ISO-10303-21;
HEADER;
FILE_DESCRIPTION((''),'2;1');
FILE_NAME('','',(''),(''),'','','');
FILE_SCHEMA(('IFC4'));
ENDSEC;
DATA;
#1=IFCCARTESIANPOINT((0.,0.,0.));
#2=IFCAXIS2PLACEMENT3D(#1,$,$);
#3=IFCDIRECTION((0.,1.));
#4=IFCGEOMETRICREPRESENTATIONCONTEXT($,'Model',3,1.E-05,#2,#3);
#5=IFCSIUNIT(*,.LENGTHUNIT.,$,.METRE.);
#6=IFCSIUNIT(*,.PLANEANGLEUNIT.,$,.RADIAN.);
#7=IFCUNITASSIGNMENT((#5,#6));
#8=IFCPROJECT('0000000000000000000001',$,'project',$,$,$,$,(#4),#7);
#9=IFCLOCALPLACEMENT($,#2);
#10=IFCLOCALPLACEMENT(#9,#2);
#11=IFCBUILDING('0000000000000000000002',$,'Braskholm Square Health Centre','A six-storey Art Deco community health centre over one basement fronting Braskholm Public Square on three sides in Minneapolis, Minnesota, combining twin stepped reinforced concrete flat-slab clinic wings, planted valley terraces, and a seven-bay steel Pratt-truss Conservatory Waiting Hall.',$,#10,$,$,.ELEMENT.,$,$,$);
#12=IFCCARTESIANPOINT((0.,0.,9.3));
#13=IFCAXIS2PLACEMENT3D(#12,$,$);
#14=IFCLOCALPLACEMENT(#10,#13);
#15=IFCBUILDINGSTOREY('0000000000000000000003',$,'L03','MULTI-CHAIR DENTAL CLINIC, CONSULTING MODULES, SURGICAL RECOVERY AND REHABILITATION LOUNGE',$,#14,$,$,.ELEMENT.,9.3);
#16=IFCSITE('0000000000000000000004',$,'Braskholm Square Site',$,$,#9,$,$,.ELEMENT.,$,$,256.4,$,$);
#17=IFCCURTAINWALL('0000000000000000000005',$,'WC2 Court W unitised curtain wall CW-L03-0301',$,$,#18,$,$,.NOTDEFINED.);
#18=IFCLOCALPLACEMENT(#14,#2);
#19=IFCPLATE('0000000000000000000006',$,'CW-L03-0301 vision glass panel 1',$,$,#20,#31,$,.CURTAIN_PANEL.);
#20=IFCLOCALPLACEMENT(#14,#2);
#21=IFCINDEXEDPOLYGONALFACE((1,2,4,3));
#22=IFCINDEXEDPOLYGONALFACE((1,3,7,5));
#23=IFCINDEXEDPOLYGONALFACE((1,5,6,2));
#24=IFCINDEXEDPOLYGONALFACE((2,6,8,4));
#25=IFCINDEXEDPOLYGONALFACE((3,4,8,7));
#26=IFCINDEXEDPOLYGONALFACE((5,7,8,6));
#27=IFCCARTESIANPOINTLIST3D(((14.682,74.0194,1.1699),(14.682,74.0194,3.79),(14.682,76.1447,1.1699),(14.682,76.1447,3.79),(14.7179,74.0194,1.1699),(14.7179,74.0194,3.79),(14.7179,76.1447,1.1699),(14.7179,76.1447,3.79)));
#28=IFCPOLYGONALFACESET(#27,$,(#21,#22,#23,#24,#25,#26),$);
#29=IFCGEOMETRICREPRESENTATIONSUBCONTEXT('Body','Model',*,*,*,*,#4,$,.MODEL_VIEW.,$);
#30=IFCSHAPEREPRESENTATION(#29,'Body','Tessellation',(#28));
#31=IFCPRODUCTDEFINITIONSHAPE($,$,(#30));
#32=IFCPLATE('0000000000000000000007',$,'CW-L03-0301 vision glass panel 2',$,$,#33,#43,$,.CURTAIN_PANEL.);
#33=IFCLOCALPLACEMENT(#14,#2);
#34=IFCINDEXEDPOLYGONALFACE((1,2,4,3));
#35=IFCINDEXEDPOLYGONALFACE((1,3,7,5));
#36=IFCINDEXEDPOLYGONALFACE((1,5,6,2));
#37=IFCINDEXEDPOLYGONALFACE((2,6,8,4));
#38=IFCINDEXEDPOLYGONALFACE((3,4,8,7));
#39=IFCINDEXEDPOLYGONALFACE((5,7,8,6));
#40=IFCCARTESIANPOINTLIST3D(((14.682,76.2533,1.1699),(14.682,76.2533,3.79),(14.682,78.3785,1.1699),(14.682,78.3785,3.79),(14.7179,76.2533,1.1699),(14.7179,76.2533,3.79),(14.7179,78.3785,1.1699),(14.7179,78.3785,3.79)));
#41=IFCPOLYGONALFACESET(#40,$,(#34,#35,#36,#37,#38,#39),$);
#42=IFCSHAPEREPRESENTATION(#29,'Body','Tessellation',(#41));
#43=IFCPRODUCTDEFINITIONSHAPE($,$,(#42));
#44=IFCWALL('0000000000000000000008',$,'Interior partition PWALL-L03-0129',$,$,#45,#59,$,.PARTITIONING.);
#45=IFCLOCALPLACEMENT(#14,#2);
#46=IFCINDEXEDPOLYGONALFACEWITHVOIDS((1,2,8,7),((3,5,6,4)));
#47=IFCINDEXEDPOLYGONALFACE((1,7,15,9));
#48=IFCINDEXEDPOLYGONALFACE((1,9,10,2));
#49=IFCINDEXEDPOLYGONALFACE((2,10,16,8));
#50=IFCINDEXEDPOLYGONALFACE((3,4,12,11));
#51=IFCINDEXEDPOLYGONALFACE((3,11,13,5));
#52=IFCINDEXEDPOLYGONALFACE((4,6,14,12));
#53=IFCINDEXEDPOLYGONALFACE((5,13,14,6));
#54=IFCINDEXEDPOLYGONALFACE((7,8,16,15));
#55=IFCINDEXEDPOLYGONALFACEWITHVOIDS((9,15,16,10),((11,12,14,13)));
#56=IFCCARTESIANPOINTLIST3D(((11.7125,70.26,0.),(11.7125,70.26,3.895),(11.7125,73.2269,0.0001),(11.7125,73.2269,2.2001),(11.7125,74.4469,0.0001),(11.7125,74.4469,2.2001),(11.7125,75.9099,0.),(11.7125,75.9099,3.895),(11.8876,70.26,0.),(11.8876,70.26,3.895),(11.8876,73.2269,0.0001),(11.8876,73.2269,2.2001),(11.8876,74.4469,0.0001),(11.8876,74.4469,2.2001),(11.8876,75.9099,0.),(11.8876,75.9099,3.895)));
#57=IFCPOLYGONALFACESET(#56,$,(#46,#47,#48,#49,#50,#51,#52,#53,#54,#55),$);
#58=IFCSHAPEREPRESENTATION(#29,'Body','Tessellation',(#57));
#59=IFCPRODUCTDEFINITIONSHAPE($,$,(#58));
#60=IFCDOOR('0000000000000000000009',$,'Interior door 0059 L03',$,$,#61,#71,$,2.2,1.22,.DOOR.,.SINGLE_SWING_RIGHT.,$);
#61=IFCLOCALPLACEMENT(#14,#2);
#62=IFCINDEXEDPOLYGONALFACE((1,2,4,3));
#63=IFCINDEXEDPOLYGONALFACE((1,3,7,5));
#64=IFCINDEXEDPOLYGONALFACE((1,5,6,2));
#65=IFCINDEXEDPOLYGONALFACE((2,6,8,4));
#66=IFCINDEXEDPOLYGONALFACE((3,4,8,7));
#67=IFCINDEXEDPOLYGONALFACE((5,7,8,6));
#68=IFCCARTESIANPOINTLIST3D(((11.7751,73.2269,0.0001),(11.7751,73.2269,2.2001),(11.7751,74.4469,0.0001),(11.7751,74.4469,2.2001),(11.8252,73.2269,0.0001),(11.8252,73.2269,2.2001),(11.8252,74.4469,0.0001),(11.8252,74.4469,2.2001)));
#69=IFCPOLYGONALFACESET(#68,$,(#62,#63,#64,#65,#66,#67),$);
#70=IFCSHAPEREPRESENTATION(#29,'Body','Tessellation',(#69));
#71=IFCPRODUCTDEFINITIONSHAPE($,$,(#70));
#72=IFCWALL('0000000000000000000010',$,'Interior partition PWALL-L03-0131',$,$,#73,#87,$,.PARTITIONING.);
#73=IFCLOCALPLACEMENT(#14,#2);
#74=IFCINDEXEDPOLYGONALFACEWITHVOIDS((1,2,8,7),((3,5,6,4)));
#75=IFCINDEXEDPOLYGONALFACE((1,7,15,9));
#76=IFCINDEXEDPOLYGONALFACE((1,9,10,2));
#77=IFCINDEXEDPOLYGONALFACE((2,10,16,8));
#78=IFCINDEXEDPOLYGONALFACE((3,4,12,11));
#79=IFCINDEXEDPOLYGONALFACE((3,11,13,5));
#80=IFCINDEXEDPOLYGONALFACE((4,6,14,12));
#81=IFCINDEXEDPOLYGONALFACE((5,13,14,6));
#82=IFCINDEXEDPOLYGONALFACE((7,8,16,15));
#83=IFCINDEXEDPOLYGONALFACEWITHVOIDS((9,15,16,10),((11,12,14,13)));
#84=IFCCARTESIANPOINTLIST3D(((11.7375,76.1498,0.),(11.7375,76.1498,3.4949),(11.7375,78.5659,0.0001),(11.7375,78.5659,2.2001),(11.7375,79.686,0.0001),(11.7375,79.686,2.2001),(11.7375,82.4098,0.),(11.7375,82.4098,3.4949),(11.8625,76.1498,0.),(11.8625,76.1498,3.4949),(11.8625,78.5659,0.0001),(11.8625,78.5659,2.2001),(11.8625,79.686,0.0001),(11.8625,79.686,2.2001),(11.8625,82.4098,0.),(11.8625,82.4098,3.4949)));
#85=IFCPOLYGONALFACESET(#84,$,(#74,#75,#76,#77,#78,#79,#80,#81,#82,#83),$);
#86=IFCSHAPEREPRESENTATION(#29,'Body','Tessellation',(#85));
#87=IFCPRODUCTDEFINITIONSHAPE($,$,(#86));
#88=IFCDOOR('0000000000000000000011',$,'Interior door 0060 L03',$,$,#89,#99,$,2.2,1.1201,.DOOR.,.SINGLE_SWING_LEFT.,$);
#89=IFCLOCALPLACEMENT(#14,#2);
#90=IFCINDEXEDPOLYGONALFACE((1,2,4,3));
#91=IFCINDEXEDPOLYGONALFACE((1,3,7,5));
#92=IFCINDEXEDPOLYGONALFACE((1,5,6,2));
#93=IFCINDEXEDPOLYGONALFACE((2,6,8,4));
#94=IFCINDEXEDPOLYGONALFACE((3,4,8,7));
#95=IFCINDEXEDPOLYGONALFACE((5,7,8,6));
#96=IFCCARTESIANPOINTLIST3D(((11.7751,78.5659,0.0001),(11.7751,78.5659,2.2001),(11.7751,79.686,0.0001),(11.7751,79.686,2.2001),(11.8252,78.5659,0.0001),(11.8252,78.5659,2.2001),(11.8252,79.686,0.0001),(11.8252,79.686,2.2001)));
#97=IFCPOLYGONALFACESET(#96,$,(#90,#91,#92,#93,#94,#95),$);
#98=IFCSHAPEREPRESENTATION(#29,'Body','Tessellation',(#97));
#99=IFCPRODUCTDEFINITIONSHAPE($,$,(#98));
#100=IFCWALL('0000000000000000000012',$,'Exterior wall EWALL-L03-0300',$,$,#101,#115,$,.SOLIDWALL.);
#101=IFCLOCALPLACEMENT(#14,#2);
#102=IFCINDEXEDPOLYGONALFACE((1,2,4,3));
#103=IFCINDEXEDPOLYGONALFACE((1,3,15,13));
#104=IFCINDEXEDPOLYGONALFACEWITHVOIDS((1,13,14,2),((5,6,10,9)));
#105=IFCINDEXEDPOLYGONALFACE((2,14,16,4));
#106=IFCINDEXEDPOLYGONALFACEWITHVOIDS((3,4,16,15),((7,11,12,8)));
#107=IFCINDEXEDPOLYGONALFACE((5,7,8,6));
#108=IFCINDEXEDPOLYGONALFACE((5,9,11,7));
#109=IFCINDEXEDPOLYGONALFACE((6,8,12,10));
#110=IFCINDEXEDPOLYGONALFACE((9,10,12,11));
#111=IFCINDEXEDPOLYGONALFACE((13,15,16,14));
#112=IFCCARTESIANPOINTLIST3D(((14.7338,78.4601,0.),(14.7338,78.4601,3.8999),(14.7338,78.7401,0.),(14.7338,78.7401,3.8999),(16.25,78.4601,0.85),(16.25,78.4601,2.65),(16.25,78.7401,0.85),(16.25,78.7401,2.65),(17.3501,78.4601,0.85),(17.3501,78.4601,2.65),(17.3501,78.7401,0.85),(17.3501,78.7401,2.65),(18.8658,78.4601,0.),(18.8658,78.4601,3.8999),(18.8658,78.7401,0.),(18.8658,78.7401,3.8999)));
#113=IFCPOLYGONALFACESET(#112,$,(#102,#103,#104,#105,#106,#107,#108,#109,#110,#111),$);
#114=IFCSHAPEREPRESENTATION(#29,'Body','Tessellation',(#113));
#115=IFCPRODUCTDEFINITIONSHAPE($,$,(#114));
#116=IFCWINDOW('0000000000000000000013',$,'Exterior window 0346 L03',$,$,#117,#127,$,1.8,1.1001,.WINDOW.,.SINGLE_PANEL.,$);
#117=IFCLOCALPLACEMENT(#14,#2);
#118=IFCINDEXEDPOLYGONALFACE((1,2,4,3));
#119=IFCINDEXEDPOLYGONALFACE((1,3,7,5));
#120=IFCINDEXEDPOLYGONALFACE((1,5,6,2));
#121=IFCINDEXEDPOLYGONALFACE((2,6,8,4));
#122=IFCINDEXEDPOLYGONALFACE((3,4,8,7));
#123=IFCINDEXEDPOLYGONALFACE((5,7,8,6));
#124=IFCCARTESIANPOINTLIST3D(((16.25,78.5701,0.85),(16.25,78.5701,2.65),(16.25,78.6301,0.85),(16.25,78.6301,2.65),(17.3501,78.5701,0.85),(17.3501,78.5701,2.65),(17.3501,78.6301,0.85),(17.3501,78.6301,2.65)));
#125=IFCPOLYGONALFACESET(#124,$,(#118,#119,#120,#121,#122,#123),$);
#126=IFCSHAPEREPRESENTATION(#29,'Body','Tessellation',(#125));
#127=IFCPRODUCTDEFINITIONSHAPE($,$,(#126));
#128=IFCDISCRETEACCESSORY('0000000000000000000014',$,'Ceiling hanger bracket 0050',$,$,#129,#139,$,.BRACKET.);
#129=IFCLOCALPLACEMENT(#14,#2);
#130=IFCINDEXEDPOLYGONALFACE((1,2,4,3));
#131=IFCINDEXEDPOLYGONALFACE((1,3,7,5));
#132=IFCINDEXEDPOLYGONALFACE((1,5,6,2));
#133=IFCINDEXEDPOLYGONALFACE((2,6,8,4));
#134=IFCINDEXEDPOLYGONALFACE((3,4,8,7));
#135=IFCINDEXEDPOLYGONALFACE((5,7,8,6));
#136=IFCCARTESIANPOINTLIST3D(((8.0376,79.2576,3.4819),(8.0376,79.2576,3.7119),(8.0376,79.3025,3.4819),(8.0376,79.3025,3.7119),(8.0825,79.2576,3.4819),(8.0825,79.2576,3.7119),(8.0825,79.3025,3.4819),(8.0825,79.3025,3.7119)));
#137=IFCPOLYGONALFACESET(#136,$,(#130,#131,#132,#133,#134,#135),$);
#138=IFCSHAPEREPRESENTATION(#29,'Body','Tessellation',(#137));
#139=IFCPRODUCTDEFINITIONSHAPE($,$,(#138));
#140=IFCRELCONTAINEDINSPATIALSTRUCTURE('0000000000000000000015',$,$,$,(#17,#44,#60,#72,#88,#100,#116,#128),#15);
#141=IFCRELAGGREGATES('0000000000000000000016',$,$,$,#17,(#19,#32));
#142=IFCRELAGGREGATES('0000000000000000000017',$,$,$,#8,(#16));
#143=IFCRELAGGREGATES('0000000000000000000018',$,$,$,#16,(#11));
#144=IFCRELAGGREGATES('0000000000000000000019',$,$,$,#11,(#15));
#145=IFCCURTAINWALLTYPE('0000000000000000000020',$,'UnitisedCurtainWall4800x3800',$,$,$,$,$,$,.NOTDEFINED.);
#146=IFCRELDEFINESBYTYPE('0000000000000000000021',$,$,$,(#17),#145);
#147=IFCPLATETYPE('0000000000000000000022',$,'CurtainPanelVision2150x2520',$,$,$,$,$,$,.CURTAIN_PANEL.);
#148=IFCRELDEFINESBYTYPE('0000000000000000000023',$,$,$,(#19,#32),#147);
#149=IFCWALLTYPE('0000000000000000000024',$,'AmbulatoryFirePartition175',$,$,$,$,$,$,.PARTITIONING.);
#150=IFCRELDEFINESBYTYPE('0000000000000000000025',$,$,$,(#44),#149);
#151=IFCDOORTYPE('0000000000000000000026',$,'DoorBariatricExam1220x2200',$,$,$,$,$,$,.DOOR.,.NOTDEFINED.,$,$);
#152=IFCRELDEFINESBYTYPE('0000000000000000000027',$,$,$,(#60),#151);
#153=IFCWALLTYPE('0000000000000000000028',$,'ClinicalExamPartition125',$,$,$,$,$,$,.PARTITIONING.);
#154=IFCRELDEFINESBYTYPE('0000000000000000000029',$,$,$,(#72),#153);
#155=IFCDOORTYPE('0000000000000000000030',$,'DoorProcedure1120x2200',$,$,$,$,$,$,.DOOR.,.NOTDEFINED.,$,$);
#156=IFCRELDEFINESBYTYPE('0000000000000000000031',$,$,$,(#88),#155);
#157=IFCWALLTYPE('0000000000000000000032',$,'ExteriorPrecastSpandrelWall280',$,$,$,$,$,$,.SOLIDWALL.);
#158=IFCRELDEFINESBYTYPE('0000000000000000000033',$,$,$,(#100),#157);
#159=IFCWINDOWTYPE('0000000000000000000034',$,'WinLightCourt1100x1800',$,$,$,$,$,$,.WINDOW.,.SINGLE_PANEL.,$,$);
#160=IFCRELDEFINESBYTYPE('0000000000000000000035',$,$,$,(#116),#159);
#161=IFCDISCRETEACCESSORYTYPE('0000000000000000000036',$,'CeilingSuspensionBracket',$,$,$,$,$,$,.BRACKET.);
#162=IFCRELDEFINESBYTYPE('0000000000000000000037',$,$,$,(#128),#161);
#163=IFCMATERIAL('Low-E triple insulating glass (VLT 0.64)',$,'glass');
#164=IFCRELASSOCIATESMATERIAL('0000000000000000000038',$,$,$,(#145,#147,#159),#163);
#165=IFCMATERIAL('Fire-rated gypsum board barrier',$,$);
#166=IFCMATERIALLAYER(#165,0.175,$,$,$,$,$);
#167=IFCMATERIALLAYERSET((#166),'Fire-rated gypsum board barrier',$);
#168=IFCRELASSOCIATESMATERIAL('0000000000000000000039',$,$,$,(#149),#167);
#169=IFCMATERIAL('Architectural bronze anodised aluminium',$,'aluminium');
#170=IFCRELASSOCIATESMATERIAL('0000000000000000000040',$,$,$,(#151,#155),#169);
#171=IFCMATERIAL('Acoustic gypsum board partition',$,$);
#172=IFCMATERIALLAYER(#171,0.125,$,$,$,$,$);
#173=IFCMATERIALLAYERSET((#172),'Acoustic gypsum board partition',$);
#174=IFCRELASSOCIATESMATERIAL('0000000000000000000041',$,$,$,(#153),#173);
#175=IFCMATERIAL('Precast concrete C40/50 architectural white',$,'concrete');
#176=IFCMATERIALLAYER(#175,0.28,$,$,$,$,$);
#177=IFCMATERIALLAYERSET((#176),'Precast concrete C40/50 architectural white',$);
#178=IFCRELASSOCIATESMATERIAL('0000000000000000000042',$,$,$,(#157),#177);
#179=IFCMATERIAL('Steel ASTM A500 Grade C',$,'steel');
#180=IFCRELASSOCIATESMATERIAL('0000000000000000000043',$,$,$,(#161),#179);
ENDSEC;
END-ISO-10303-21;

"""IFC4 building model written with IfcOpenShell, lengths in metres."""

from ifc_helpers import new_model, si_unit, direction, frame, frame_2d, origin, origin_with_axes, origin_2d, place, context, subcontext, project, spatial, rectangle, extrude, material, layer, layer_set, type_object, element, fill, aggregate, save


model = new_model("IFC4")

# Units and contexts
model_context = context("Model", 3, precision=1e-05, world=origin(), true_north=direction((0.0, 1.0)))
body_context = subcontext(model_context, "Body", "Model", "MODEL_VIEW")
ifc_project = project(units=[si_unit("LENGTHUNIT", "METRE"), si_unit("PLANEANGLEUNIT", "RADIAN")], contexts=[model_context])

# Site, building, storey
site_placement = place(None, origin())
site = spatial("IfcSite", under=ifc_project, at=site_placement, Name="Braskholm Square Site", CompositionType="ELEMENT", RefElevation=256.4)
building_placement = place(site_placement, origin())
building = spatial("IfcBuilding", under=site, at=building_placement, Name="Braskholm Square Health Centre", Description="A six-storey Art Deco community health centre over one basement fronting Braskholm Public Square on three sides in Minneapolis, Minnesota, combining twin stepped reinforced concrete flat-slab clinic wings, planted valley terraces, and a seven-bay steel Pratt-truss Conservatory Waiting Hall.", CompositionType="ELEMENT")
storey_placement = place(building_placement, frame((0.0, 0.0, 9.3)))
storey = spatial("IfcBuildingStorey", under=building, at=storey_placement, Name="L03", Description="MULTI-CHAIR DENTAL CLINIC, CONSULTING MODULES, SURGICAL RECOVERY AND REHABILITATION LOUNGE", CompositionType="ELEMENT", Elevation=9.3)

# Shared definitions
ifc_material_1 = material(Name="Steel ASTM A500 Grade C", Category="steel")

# Shared definitions
ifc_material_2 = material(Name="Low-E triple insulating glass (VLT 0.64)", Category="glass")
curtain_wall_type = type_object("IfcCurtainWallType", Name="UnitisedCurtainWall4800x3800", PredefinedType="NOTDEFINED", material=ifc_material_2)
ifc_material_3 = material(Name="Architectural bronze anodised aluminium", Category="aluminium")

# Curtain wall
curtain_wall_1_placement = place(storey_placement, origin())
curtain_wall_1 = element("IfcCurtainWall", 1, at=curtain_wall_1_placement, inside=storey, type_object=curtain_wall_type, Name="WC2 Court W unitised curtain wall CW-L03-0301", PredefinedType="NOTDEFINED")

# Plates
plate_type_1 = type_object("IfcPlateType", Name="CurtainPanelVision2150x2520", PredefinedType="CURTAIN_PANEL", material=ifc_material_2)
plate_1_placement = place(storey_placement, frame((14.7, 75.082, 1.1699), z_axis=(0.0, 0.0, 1.0), x_axis=(0.0, 1.0, 0.0)))
plate_1 = element("IfcPlate", 2, at=plate_1_placement, type_object=plate_type_1, Name="CW-L03-0301 vision glass panel 1", PredefinedType="CURTAIN_PANEL", context=body_context, shape_type="SweptSolid", body=[
    extrude(rectangle(XDim=2.1252, YDim=0.0359, at=origin_2d()), origin(), (0.0, 0.0, 1.0), 2.6201),
])
plate_2_placement = place(storey_placement, frame((14.7, 77.3159, 1.1699), z_axis=(0.0, 0.0, 1.0), x_axis=(0.0, 1.0, 0.0)))
plate_2 = element("IfcPlate", 3, at=plate_2_placement, type_object=plate_type_1, Name="CW-L03-0301 vision glass panel 2", PredefinedType="CURTAIN_PANEL", context=body_context, shape_type="SweptSolid", body=[
    extrude(rectangle(XDim=2.1252, YDim=0.0359, at=origin_2d()), origin(), (0.0, 0.0, 1.0), 2.6201),
])
aggregate(curtain_wall_1, [plate_1, plate_2])

# Walls, openings, doors
ifc_material_4 = material(Name="Fire-rated gypsum board barrier")
ifc_layer_1 = layer(ifc_material_4, 0.175)
ifc_layer_set_1 = layer_set([ifc_layer_1], Name="Fire-rated gypsum board barrier")
wall_type_1 = type_object("IfcWallType", Name="AmbulatoryFirePartition175", PredefinedType="PARTITIONING", material=ifc_layer_set_1)
wall_1_placement = place(storey_placement, frame((11.8, 70.26, 0.0), z_axis=(0.0, 0.0, 1.0), x_axis=(0.0, 1.0, 0.0)))
wall_1 = element("IfcWall", 4, at=wall_1_placement, inside=storey, type_object=wall_type_1, Name="Interior partition PWALL-L03-0129", PredefinedType="PARTITIONING", context=body_context, shape_type="SweptSolid", body=[
    extrude(rectangle(XDim=5.6499, YDim=0.175, at=frame_2d((2.825, 0.0))), origin(), (0.0, 0.0, 1.0), 3.895),
])
opening_1_placement = place(wall_1_placement, frame((2.967, 0.0, 0.0)))
opening_1 = element("IfcOpeningElement", 5, at=opening_1_placement, cuts=wall_1, PredefinedType="OPENING", context=body_context, shape_type="SweptSolid", body=[
    extrude(rectangle(XDim=1.22, YDim=2.2, at=frame_2d((0.6099, 1.1001))), frame((0.0, 0.0977, 0.0), z_axis=(0.0, -1.0, 0.0), x_axis=(1.0, 0.0, 0.0)), (0.0, 0.0, 1.0), 0.1951),
])
door_type_1 = type_object("IfcDoorType", Name="DoorBariatricExam1220x2200", OperationType="NOTDEFINED", PredefinedType="DOOR", material=ifc_material_3)
door_1_placement = place(opening_1_placement, origin_with_axes())
door_1 = element("IfcDoor", 6, at=door_1_placement, inside=storey, type_object=door_type_1, Name="Interior door 0059 L03", OperationType="SINGLE_SWING_RIGHT", OverallHeight=2.2, OverallWidth=1.22, PredefinedType="DOOR", context=body_context, shape_type="SweptSolid", body=[
    extrude(rectangle(XDim=1.22, YDim=2.2, at=frame_2d((0.6099, 1.1001))), frame((0.0, 0.0249, 0.0), z_axis=(0.0, -1.0, 0.0), x_axis=(1.0, 0.0, 0.0)), (0.0, 0.0, 1.0), 0.05),
])
fill(opening_1, door_1)
ifc_material_5 = material(Name="Acoustic gypsum board partition")
ifc_layer_2 = layer(ifc_material_5, 0.125)
ifc_layer_set_2 = layer_set([ifc_layer_2], Name="Acoustic gypsum board partition")
wall_type_2 = type_object("IfcWallType", Name="ClinicalExamPartition125", PredefinedType="PARTITIONING", material=ifc_layer_set_2)
wall_2_placement = place(storey_placement, frame((11.8, 76.1499, 0.0), z_axis=(0.0, 0.0, 1.0), x_axis=(0.0, 1.0, 0.0)))
wall_2 = element("IfcWall", 7, at=wall_2_placement, inside=storey, type_object=wall_type_2, Name="Interior partition PWALL-L03-0131", PredefinedType="PARTITIONING", context=body_context, shape_type="SweptSolid", body=[
    extrude(rectangle(XDim=6.26, YDim=0.125, at=frame_2d((3.1299, 0.0))), origin(), (0.0, 0.0, 1.0), 3.4949),
])
opening_2_placement = place(wall_2_placement, frame((2.416, 0.0, 0.0)))
opening_2 = element("IfcOpeningElement", 8, at=opening_2_placement, cuts=wall_2, PredefinedType="OPENING", context=body_context, shape_type="SweptSolid", body=[
    extrude(rectangle(XDim=1.1201, YDim=2.2, at=frame_2d((0.5601, 1.1001))), frame((0.0, 0.0725, 0.0), z_axis=(0.0, -1.0, 0.0), x_axis=(1.0, 0.0, 0.0)), (0.0, 0.0, 1.0), 0.145),
])
door_type_2 = type_object("IfcDoorType", Name="DoorProcedure1120x2200", OperationType="NOTDEFINED", PredefinedType="DOOR", material=ifc_material_3)
door_2_placement = place(opening_2_placement, origin_with_axes())
door_2 = element("IfcDoor", 9, at=door_2_placement, inside=storey, type_object=door_type_2, Name="Interior door 0060 L03", OperationType="SINGLE_SWING_LEFT", OverallHeight=2.2, OverallWidth=1.1201, PredefinedType="DOOR", context=body_context, shape_type="SweptSolid", body=[
    extrude(rectangle(XDim=1.1201, YDim=2.2, at=frame_2d((0.5601, 1.1001))), frame((0.0, 0.0249, 0.0), z_axis=(0.0, -1.0, 0.0), x_axis=(1.0, 0.0, 0.0)), (0.0, 0.0, 1.0), 0.05),
])
fill(opening_2, door_2)

# Wall, opening, window
ifc_material_6 = material(Name="Precast concrete C40/50 architectural white", Category="concrete")
ifc_layer_3 = layer(ifc_material_6, 0.28)
ifc_layer_set_3 = layer_set([ifc_layer_3], Name="Precast concrete C40/50 architectural white")
wall_type_3 = type_object("IfcWallType", Name="ExteriorPrecastSpandrelWall280", PredefinedType="SOLIDWALL", material=ifc_layer_set_3)
wall_3_placement = place(storey_placement, frame((14.7339, 78.6001, 0.0), z_axis=(0.0, 0.0, 1.0), x_axis=(1.0, 0.0, 0.0)))
wall_3 = element("IfcWall", 10, at=wall_3_placement, inside=storey, type_object=wall_type_3, Name="Exterior wall EWALL-L03-0300", PredefinedType="SOLIDWALL", context=body_context, shape_type="SweptSolid", body=[
    extrude(rectangle(XDim=4.1321, YDim=0.28, at=frame_2d((2.0659, 0.0))), origin(), (0.0, 0.0, 1.0), 3.8999),
])
opening_3_placement = place(wall_3_placement, frame((1.5161, 0.0, 0.8501)))
opening_3 = element("IfcOpeningElement", 11, at=opening_3_placement, cuts=wall_3, PredefinedType="OPENING", context=body_context, shape_type="SweptSolid", body=[
    extrude(rectangle(XDim=1.1001, YDim=1.8, at=frame_2d((0.55, 0.8999))), frame((0.0, 0.1499, 0.0), z_axis=(0.0, -1.0, 0.0), x_axis=(1.0, 0.0, 0.0)), (0.0, 0.0, 1.0), 0.3),
])
window_type = type_object("IfcWindowType", Name="WinLightCourt1100x1800", PartitioningType="SINGLE_PANEL", PredefinedType="WINDOW", material=ifc_material_2)
window_placement = place(opening_3_placement, origin_with_axes())
window = element("IfcWindow", 12, at=window_placement, inside=storey, type_object=window_type, Name="Exterior window 0346 L03", OverallHeight=1.8, OverallWidth=1.1001, PartitioningType="SINGLE_PANEL", PredefinedType="WINDOW", context=body_context, shape_type="SweptSolid", body=[
    extrude(rectangle(XDim=1.1001, YDim=1.8, at=frame_2d((0.55, 0.8999))), frame((0.0, 0.03, 0.0), z_axis=(0.0, -1.0, 0.0), x_axis=(1.0, 0.0, 0.0)), (0.0, 0.0, 1.0), 0.0601),
])
fill(opening_3, window)

# Discrete accessory
discrete_accessory_type = type_object("IfcDiscreteAccessoryType", Name="CeilingSuspensionBracket", PredefinedType="BRACKET", material=ifc_material_1)
discrete_accessory_placement = place(storey_placement, frame((8.0601, 79.28, 3.4819), z_axis=(0.0, 0.0, 1.0), x_axis=(1.0, 0.0, 0.0)))
element("IfcDiscreteAccessory", 13, at=discrete_accessory_placement, inside=storey, type_object=discrete_accessory_type, Name="Ceiling hanger bracket 0050", PredefinedType="BRACKET", context=body_context, shape_type="SweptSolid", body=[
    extrude(rectangle(XDim=0.0449, YDim=0.0449, at=origin_2d()), origin(), (0.0, 0.0, 1.0), 0.23),
])

save(model, "model.ifc")
